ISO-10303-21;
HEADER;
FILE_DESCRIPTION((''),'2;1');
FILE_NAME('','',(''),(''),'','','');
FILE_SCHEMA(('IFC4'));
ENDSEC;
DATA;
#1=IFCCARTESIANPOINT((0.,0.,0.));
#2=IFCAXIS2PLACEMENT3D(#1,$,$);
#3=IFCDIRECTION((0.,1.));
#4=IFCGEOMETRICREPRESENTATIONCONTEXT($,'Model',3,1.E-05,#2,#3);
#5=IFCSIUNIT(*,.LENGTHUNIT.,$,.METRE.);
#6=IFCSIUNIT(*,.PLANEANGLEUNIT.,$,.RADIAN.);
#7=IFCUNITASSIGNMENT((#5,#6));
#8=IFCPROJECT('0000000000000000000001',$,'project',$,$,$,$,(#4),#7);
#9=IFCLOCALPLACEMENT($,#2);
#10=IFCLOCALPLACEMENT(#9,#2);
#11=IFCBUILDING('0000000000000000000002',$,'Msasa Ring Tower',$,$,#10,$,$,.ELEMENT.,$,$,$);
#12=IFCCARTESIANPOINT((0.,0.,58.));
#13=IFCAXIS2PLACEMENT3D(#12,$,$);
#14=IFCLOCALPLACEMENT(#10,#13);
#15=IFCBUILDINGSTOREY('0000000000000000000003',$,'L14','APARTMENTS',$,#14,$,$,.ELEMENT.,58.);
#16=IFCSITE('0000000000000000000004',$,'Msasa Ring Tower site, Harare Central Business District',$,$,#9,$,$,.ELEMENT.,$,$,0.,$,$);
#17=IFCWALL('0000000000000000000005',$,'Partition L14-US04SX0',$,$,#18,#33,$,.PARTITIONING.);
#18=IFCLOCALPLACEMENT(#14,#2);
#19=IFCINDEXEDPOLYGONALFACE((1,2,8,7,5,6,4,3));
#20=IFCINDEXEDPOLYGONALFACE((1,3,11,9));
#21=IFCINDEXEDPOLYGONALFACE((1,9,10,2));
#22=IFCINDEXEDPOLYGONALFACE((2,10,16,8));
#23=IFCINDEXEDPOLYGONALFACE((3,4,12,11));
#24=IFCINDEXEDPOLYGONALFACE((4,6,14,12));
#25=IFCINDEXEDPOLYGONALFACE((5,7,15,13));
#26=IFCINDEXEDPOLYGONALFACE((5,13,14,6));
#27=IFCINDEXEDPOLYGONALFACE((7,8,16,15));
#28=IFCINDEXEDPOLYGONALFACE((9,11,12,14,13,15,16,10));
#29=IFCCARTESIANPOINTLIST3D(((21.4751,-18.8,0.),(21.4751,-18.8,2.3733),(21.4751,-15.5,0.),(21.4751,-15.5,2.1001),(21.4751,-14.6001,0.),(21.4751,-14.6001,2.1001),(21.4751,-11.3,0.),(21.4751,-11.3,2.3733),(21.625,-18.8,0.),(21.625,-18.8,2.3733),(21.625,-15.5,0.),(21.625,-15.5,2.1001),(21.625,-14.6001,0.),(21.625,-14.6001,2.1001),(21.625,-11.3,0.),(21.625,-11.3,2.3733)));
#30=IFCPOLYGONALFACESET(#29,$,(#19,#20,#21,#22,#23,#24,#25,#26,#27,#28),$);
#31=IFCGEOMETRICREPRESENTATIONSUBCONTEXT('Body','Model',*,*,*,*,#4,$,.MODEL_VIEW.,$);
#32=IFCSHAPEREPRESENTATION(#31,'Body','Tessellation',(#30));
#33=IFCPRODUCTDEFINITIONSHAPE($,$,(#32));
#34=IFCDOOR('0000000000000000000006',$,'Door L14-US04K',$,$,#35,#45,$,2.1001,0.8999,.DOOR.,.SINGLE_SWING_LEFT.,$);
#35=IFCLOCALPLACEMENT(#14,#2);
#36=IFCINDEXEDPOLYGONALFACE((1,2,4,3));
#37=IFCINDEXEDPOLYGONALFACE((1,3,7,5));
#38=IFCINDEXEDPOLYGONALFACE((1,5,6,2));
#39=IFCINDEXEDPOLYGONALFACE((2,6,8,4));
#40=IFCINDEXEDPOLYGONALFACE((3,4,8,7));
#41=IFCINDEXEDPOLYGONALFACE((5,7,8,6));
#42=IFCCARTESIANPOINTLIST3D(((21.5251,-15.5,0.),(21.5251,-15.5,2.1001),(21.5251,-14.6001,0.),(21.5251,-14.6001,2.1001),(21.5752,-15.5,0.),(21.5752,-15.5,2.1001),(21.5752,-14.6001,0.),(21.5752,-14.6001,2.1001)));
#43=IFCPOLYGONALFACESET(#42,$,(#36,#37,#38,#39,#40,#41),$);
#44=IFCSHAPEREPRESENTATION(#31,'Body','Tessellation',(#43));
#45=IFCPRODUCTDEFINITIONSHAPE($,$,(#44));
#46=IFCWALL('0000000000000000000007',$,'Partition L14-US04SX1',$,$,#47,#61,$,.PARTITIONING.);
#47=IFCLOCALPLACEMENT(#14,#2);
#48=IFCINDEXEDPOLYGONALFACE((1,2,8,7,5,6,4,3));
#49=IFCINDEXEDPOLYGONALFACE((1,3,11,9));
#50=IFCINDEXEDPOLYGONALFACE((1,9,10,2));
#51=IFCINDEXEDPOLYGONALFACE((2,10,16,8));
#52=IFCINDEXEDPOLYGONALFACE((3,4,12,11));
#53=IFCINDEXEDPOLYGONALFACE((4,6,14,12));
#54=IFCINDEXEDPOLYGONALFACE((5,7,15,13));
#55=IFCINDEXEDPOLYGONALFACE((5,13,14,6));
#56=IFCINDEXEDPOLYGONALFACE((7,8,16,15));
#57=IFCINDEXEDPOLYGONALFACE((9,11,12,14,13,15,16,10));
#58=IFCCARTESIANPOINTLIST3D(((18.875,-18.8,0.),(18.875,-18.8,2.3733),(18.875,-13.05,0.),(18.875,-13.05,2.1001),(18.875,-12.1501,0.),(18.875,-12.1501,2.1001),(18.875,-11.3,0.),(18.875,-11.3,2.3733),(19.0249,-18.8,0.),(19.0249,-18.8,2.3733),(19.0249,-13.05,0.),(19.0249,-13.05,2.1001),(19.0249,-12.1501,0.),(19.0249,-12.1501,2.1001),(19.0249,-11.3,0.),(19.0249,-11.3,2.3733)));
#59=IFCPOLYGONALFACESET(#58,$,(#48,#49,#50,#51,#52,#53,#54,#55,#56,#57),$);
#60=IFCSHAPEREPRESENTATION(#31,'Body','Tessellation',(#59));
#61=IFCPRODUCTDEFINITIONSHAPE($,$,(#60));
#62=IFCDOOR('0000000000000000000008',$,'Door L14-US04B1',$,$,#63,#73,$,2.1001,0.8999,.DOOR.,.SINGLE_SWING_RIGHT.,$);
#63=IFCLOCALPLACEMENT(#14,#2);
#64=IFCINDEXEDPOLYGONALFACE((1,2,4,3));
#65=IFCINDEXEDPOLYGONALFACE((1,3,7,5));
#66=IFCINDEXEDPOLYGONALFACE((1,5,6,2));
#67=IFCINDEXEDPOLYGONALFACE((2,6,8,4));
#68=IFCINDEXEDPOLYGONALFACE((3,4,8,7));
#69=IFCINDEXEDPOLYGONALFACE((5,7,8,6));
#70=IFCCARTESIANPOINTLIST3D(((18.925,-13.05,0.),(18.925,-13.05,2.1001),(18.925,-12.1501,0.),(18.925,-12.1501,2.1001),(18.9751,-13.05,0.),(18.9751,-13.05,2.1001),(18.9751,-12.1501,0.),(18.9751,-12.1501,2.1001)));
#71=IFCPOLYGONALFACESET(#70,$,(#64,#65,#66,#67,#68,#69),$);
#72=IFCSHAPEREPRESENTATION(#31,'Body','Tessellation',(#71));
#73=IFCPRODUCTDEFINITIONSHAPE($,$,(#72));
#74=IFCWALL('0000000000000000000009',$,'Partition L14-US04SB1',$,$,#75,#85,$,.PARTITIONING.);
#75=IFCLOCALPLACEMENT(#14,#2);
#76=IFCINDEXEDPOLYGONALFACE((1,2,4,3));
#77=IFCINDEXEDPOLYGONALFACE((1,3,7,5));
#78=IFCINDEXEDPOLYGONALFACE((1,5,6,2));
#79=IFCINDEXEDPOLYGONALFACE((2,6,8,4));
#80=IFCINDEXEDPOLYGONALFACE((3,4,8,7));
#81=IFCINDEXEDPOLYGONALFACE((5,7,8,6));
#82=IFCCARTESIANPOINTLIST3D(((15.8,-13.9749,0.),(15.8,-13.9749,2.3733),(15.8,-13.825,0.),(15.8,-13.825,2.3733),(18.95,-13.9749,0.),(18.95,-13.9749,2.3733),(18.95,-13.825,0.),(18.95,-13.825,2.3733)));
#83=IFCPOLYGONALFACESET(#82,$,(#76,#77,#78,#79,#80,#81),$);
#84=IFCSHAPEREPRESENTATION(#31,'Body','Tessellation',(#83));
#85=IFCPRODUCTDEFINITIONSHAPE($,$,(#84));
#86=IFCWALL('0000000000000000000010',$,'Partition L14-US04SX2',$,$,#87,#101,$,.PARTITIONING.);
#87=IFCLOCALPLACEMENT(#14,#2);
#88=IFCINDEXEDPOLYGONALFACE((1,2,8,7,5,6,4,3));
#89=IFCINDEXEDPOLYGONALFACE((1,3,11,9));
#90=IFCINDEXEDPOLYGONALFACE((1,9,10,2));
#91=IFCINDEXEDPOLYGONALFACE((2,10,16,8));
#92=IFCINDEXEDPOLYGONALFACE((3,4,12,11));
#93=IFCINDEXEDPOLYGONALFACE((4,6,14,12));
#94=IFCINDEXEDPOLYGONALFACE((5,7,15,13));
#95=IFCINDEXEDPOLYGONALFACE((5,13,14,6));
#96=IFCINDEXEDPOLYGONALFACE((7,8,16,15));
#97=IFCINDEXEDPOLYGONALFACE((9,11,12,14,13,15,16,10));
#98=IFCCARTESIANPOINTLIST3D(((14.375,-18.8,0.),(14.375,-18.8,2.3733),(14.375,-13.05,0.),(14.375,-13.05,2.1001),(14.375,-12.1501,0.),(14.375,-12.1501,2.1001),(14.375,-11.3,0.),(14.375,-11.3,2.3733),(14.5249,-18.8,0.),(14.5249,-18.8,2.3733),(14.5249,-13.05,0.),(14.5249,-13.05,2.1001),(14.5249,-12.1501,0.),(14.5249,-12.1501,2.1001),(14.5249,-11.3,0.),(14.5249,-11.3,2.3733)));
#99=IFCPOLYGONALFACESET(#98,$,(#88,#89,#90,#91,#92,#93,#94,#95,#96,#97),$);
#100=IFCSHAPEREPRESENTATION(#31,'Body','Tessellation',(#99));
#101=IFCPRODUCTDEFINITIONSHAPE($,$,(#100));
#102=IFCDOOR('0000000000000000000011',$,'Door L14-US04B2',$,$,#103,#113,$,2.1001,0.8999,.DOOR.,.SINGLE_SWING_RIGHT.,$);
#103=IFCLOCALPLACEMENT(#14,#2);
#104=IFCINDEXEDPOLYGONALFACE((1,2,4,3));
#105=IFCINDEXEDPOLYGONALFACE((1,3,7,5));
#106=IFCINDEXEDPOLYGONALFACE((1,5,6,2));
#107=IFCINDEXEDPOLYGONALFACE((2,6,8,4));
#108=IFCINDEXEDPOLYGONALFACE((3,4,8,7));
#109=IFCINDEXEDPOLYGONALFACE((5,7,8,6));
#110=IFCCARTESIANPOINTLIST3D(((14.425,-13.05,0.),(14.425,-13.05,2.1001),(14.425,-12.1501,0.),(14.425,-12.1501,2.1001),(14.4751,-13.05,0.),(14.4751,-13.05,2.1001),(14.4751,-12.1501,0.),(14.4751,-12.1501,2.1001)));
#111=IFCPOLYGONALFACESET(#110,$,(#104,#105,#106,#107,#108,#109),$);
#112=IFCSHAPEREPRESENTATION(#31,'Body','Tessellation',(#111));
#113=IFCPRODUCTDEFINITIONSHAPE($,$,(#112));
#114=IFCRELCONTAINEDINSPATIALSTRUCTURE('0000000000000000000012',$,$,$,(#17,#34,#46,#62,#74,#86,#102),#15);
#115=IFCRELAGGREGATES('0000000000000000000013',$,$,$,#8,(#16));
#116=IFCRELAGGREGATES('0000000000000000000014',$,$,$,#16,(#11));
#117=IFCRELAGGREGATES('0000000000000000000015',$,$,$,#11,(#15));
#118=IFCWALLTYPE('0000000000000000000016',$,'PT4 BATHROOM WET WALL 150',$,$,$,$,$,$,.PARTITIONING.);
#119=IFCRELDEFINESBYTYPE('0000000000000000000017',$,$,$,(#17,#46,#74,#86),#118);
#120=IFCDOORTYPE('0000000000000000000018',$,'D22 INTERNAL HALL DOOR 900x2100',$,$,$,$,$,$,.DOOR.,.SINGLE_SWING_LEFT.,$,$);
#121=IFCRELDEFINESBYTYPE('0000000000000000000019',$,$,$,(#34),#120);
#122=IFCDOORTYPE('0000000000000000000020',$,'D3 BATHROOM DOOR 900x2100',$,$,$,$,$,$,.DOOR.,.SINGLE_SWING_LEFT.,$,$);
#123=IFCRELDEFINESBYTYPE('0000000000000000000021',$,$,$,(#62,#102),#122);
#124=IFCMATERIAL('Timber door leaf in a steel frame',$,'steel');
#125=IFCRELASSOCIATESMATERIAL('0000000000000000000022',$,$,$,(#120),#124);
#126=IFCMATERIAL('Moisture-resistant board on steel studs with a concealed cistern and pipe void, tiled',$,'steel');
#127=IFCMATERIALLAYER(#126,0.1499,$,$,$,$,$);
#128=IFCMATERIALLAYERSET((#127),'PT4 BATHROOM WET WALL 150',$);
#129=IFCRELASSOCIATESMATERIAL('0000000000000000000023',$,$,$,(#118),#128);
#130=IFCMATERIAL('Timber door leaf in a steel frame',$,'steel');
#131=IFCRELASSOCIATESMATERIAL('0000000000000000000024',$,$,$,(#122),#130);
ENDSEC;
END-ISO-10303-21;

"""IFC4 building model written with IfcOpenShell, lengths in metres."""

from ifc_helpers import new_model, si_unit, direction, frame, frame_2d, origin, place, context, subcontext, project, spatial, rectangle, extrude, material, layer, layer_set, type_object, element, fill, save


model = new_model("IFC4")

# Units and contexts
model_context = context("Model", 3, precision=1e-05, world=origin(), true_north=direction((0.0, 1.0)))
body_context = subcontext(model_context, "Body", "Model", "MODEL_VIEW")
ifc_project = project(units=[si_unit("LENGTHUNIT", "METRE"), si_unit("PLANEANGLEUNIT", "RADIAN")], contexts=[model_context])

# Site, building, storey
site_placement = place(None, origin())
site = spatial("IfcSite", under=ifc_project, at=site_placement, Name="Msasa Ring Tower site, Harare Central Business District", CompositionType="ELEMENT", RefElevation=0.0)
building_placement = place(site_placement, origin())
building = spatial("IfcBuilding", under=site, at=building_placement, Name="Msasa Ring Tower", CompositionType="ELEMENT")
storey_placement = place(building_placement, frame((0.0, 0.0, 58.0)))
storey = spatial("IfcBuildingStorey", under=building, at=storey_placement, Name="L14", Description="APARTMENTS", CompositionType="ELEMENT", Elevation=58.0)

# Shared definitions
ifc_material_1 = material(Name="Timber door leaf in a steel frame", Category="steel")
door_type_1 = type_object("IfcDoorType", Name="D22 INTERNAL HALL DOOR 900x2100", OperationType="SINGLE_SWING_LEFT", PredefinedType="DOOR", material=ifc_material_1)

# Walls, openings, doors
ifc_material_2 = material(Name="Moisture-resistant board on steel studs with a concealed cistern and pipe void, tiled", Category="steel")
ifc_layer_1 = layer(ifc_material_2, 0.1499)
ifc_layer_set_1 = layer_set([ifc_layer_1], Name="PT4 BATHROOM WET WALL 150")
wall_type_1 = type_object("IfcWallType", Name="PT4 BATHROOM WET WALL 150", PredefinedType="PARTITIONING", material=ifc_layer_set_1)
wall_1_placement = place(storey_placement, frame((21.55, -18.8, 0.0), z_axis=(0.0, 0.0, 1.0), x_axis=(0.0, 1.0, 0.0)))
wall_1 = element("IfcWall", 1, at=wall_1_placement, inside=storey, type_object=wall_type_1, Name="Partition L14-US04SX0", PredefinedType="PARTITIONING", context=body_context, shape_type="SweptSolid", body=[
    extrude(rectangle(XDim=7.5, YDim=0.1499, at=frame_2d((3.75, 0.0))), origin(), (0.0, 0.0, 1.0), 2.3733),
])
opening_1_placement = place(wall_1_placement, frame((3.3, 0.0, 0.0)))
opening_1 = element("IfcOpeningElement", 2, at=opening_1_placement, cuts=wall_1, PredefinedType="OPENING", context=body_context, shape_type="SweptSolid", body=[
    extrude(rectangle(XDim=0.8999, YDim=2.1001, at=frame_2d((0.45, 1.05))), frame((0.0, 0.085, 0.0), z_axis=(0.0, -1.0, 0.0), x_axis=(1.0, 0.0, 0.0)), (0.0, 0.0, 1.0), 0.1699),
])
door_1_placement = place(opening_1_placement, origin())
door_1 = element("IfcDoor", 3, at=door_1_placement, inside=storey, type_object=door_type_1, Name="Door L14-US04K", OperationType="SINGLE_SWING_LEFT", OverallHeight=2.1001, OverallWidth=0.8999, PredefinedType="DOOR", context=body_context, shape_type="SweptSolid", body=[
    extrude(rectangle(XDim=0.8999, YDim=2.1001, at=frame_2d((0.45, 1.05))), frame((0.0, 0.0249, 0.0), z_axis=(0.0, -1.0, 0.0), x_axis=(1.0, 0.0, 0.0)), (0.0, 0.0, 1.0), 0.05),
])
fill(opening_1, door_1)
wall_2_placement = place(storey_placement, frame((18.95, -18.8, 0.0), z_axis=(0.0, 0.0, 1.0), x_axis=(0.0, 1.0, 0.0)))
wall_2 = element("IfcWall", 4, at=wall_2_placement, inside=storey, type_object=wall_type_1, Name="Partition L14-US04SX1", PredefinedType="PARTITIONING", context=body_context, shape_type="SweptSolid", body=[
    extrude(rectangle(XDim=7.5, YDim=0.1499, at=frame_2d((3.75, 0.0))), origin(), (0.0, 0.0, 1.0), 2.3733),
])
opening_2_placement = place(wall_2_placement, frame((5.75, 0.0, 0.0)))
opening_2 = element("IfcOpeningElement", 5, at=opening_2_placement, cuts=wall_2, PredefinedType="OPENING", context=body_context, shape_type="SweptSolid", body=[
    extrude(rectangle(XDim=0.8999, YDim=2.1001, at=frame_2d((0.45, 1.05))), frame((0.0, 0.085, 0.0), z_axis=(0.0, -1.0, 0.0), x_axis=(1.0, 0.0, 0.0)), (0.0, 0.0, 1.0), 0.1699),
])
ifc_material_3 = material(Name="Timber door leaf in a steel frame", Category="steel")
door_type_2 = type_object("IfcDoorType", Name="D3 BATHROOM DOOR 900x2100", OperationType="SINGLE_SWING_LEFT", PredefinedType="DOOR", material=ifc_material_3)
door_2_placement = place(opening_2_placement, origin())
door_2 = element("IfcDoor", 6, at=door_2_placement, inside=storey, type_object=door_type_2, Name="Door L14-US04B1", OperationType="SINGLE_SWING_RIGHT", OverallHeight=2.1001, OverallWidth=0.8999, PredefinedType="DOOR", context=body_context, shape_type="SweptSolid", body=[
    extrude(rectangle(XDim=0.8999, YDim=2.1001, at=frame_2d((0.45, 1.05))), frame((0.0, 0.0249, 0.0), z_axis=(0.0, -1.0, 0.0), x_axis=(1.0, 0.0, 0.0)), (0.0, 0.0, 1.0), 0.05),
])
fill(opening_2, door_2)

# Wall
wall_3_placement = place(storey_placement, frame((15.8, -13.8999, 0.0), z_axis=(0.0, 0.0, 1.0), x_axis=(1.0, 0.0, 0.0)))
element("IfcWall", 7, at=wall_3_placement, inside=storey, type_object=wall_type_1, Name="Partition L14-US04SB1", PredefinedType="PARTITIONING", context=body_context, shape_type="SweptSolid", body=[
    extrude(rectangle(XDim=3.1499, YDim=0.1499, at=frame_2d((1.575, 0.0))), origin(), (0.0, 0.0, 1.0), 2.3733),
])

# Wall, opening, door
wall_4_placement = place(storey_placement, frame((14.45, -18.8, 0.0), z_axis=(0.0, 0.0, 1.0), x_axis=(0.0, 1.0, 0.0)))
wall_4 = element("IfcWall", 8, at=wall_4_placement, inside=storey, type_object=wall_type_1, Name="Partition L14-US04SX2", PredefinedType="PARTITIONING", context=body_context, shape_type="SweptSolid", body=[
    extrude(rectangle(XDim=7.5, YDim=0.1499, at=frame_2d((3.75, 0.0))), origin(), (0.0, 0.0, 1.0), 2.3733),
])
opening_3_placement = place(wall_4_placement, frame((5.75, 0.0, 0.0)))
opening_3 = element("IfcOpeningElement", 9, at=opening_3_placement, cuts=wall_4, PredefinedType="OPENING", context=body_context, shape_type="SweptSolid", body=[
    extrude(rectangle(XDim=0.8999, YDim=2.1001, at=frame_2d((0.45, 1.05))), frame((0.0, 0.085, 0.0), z_axis=(0.0, -1.0, 0.0), x_axis=(1.0, 0.0, 0.0)), (0.0, 0.0, 1.0), 0.1699),
])
door_3_placement = place(opening_3_placement, origin())
door_3 = element("IfcDoor", 10, at=door_3_placement, inside=storey, type_object=door_type_2, Name="Door L14-US04B2", OperationType="SINGLE_SWING_RIGHT", OverallHeight=2.1001, OverallWidth=0.8999, PredefinedType="DOOR", context=body_context, shape_type="SweptSolid", body=[
    extrude(rectangle(XDim=0.8999, YDim=2.1001, at=frame_2d((0.45, 1.05))), frame((0.0, 0.0249, 0.0), z_axis=(0.0, -1.0, 0.0), x_axis=(1.0, 0.0, 0.0)), (0.0, 0.0, 1.0), 0.05),
])
fill(opening_3, door_3)

save(model, "model.ifc")
